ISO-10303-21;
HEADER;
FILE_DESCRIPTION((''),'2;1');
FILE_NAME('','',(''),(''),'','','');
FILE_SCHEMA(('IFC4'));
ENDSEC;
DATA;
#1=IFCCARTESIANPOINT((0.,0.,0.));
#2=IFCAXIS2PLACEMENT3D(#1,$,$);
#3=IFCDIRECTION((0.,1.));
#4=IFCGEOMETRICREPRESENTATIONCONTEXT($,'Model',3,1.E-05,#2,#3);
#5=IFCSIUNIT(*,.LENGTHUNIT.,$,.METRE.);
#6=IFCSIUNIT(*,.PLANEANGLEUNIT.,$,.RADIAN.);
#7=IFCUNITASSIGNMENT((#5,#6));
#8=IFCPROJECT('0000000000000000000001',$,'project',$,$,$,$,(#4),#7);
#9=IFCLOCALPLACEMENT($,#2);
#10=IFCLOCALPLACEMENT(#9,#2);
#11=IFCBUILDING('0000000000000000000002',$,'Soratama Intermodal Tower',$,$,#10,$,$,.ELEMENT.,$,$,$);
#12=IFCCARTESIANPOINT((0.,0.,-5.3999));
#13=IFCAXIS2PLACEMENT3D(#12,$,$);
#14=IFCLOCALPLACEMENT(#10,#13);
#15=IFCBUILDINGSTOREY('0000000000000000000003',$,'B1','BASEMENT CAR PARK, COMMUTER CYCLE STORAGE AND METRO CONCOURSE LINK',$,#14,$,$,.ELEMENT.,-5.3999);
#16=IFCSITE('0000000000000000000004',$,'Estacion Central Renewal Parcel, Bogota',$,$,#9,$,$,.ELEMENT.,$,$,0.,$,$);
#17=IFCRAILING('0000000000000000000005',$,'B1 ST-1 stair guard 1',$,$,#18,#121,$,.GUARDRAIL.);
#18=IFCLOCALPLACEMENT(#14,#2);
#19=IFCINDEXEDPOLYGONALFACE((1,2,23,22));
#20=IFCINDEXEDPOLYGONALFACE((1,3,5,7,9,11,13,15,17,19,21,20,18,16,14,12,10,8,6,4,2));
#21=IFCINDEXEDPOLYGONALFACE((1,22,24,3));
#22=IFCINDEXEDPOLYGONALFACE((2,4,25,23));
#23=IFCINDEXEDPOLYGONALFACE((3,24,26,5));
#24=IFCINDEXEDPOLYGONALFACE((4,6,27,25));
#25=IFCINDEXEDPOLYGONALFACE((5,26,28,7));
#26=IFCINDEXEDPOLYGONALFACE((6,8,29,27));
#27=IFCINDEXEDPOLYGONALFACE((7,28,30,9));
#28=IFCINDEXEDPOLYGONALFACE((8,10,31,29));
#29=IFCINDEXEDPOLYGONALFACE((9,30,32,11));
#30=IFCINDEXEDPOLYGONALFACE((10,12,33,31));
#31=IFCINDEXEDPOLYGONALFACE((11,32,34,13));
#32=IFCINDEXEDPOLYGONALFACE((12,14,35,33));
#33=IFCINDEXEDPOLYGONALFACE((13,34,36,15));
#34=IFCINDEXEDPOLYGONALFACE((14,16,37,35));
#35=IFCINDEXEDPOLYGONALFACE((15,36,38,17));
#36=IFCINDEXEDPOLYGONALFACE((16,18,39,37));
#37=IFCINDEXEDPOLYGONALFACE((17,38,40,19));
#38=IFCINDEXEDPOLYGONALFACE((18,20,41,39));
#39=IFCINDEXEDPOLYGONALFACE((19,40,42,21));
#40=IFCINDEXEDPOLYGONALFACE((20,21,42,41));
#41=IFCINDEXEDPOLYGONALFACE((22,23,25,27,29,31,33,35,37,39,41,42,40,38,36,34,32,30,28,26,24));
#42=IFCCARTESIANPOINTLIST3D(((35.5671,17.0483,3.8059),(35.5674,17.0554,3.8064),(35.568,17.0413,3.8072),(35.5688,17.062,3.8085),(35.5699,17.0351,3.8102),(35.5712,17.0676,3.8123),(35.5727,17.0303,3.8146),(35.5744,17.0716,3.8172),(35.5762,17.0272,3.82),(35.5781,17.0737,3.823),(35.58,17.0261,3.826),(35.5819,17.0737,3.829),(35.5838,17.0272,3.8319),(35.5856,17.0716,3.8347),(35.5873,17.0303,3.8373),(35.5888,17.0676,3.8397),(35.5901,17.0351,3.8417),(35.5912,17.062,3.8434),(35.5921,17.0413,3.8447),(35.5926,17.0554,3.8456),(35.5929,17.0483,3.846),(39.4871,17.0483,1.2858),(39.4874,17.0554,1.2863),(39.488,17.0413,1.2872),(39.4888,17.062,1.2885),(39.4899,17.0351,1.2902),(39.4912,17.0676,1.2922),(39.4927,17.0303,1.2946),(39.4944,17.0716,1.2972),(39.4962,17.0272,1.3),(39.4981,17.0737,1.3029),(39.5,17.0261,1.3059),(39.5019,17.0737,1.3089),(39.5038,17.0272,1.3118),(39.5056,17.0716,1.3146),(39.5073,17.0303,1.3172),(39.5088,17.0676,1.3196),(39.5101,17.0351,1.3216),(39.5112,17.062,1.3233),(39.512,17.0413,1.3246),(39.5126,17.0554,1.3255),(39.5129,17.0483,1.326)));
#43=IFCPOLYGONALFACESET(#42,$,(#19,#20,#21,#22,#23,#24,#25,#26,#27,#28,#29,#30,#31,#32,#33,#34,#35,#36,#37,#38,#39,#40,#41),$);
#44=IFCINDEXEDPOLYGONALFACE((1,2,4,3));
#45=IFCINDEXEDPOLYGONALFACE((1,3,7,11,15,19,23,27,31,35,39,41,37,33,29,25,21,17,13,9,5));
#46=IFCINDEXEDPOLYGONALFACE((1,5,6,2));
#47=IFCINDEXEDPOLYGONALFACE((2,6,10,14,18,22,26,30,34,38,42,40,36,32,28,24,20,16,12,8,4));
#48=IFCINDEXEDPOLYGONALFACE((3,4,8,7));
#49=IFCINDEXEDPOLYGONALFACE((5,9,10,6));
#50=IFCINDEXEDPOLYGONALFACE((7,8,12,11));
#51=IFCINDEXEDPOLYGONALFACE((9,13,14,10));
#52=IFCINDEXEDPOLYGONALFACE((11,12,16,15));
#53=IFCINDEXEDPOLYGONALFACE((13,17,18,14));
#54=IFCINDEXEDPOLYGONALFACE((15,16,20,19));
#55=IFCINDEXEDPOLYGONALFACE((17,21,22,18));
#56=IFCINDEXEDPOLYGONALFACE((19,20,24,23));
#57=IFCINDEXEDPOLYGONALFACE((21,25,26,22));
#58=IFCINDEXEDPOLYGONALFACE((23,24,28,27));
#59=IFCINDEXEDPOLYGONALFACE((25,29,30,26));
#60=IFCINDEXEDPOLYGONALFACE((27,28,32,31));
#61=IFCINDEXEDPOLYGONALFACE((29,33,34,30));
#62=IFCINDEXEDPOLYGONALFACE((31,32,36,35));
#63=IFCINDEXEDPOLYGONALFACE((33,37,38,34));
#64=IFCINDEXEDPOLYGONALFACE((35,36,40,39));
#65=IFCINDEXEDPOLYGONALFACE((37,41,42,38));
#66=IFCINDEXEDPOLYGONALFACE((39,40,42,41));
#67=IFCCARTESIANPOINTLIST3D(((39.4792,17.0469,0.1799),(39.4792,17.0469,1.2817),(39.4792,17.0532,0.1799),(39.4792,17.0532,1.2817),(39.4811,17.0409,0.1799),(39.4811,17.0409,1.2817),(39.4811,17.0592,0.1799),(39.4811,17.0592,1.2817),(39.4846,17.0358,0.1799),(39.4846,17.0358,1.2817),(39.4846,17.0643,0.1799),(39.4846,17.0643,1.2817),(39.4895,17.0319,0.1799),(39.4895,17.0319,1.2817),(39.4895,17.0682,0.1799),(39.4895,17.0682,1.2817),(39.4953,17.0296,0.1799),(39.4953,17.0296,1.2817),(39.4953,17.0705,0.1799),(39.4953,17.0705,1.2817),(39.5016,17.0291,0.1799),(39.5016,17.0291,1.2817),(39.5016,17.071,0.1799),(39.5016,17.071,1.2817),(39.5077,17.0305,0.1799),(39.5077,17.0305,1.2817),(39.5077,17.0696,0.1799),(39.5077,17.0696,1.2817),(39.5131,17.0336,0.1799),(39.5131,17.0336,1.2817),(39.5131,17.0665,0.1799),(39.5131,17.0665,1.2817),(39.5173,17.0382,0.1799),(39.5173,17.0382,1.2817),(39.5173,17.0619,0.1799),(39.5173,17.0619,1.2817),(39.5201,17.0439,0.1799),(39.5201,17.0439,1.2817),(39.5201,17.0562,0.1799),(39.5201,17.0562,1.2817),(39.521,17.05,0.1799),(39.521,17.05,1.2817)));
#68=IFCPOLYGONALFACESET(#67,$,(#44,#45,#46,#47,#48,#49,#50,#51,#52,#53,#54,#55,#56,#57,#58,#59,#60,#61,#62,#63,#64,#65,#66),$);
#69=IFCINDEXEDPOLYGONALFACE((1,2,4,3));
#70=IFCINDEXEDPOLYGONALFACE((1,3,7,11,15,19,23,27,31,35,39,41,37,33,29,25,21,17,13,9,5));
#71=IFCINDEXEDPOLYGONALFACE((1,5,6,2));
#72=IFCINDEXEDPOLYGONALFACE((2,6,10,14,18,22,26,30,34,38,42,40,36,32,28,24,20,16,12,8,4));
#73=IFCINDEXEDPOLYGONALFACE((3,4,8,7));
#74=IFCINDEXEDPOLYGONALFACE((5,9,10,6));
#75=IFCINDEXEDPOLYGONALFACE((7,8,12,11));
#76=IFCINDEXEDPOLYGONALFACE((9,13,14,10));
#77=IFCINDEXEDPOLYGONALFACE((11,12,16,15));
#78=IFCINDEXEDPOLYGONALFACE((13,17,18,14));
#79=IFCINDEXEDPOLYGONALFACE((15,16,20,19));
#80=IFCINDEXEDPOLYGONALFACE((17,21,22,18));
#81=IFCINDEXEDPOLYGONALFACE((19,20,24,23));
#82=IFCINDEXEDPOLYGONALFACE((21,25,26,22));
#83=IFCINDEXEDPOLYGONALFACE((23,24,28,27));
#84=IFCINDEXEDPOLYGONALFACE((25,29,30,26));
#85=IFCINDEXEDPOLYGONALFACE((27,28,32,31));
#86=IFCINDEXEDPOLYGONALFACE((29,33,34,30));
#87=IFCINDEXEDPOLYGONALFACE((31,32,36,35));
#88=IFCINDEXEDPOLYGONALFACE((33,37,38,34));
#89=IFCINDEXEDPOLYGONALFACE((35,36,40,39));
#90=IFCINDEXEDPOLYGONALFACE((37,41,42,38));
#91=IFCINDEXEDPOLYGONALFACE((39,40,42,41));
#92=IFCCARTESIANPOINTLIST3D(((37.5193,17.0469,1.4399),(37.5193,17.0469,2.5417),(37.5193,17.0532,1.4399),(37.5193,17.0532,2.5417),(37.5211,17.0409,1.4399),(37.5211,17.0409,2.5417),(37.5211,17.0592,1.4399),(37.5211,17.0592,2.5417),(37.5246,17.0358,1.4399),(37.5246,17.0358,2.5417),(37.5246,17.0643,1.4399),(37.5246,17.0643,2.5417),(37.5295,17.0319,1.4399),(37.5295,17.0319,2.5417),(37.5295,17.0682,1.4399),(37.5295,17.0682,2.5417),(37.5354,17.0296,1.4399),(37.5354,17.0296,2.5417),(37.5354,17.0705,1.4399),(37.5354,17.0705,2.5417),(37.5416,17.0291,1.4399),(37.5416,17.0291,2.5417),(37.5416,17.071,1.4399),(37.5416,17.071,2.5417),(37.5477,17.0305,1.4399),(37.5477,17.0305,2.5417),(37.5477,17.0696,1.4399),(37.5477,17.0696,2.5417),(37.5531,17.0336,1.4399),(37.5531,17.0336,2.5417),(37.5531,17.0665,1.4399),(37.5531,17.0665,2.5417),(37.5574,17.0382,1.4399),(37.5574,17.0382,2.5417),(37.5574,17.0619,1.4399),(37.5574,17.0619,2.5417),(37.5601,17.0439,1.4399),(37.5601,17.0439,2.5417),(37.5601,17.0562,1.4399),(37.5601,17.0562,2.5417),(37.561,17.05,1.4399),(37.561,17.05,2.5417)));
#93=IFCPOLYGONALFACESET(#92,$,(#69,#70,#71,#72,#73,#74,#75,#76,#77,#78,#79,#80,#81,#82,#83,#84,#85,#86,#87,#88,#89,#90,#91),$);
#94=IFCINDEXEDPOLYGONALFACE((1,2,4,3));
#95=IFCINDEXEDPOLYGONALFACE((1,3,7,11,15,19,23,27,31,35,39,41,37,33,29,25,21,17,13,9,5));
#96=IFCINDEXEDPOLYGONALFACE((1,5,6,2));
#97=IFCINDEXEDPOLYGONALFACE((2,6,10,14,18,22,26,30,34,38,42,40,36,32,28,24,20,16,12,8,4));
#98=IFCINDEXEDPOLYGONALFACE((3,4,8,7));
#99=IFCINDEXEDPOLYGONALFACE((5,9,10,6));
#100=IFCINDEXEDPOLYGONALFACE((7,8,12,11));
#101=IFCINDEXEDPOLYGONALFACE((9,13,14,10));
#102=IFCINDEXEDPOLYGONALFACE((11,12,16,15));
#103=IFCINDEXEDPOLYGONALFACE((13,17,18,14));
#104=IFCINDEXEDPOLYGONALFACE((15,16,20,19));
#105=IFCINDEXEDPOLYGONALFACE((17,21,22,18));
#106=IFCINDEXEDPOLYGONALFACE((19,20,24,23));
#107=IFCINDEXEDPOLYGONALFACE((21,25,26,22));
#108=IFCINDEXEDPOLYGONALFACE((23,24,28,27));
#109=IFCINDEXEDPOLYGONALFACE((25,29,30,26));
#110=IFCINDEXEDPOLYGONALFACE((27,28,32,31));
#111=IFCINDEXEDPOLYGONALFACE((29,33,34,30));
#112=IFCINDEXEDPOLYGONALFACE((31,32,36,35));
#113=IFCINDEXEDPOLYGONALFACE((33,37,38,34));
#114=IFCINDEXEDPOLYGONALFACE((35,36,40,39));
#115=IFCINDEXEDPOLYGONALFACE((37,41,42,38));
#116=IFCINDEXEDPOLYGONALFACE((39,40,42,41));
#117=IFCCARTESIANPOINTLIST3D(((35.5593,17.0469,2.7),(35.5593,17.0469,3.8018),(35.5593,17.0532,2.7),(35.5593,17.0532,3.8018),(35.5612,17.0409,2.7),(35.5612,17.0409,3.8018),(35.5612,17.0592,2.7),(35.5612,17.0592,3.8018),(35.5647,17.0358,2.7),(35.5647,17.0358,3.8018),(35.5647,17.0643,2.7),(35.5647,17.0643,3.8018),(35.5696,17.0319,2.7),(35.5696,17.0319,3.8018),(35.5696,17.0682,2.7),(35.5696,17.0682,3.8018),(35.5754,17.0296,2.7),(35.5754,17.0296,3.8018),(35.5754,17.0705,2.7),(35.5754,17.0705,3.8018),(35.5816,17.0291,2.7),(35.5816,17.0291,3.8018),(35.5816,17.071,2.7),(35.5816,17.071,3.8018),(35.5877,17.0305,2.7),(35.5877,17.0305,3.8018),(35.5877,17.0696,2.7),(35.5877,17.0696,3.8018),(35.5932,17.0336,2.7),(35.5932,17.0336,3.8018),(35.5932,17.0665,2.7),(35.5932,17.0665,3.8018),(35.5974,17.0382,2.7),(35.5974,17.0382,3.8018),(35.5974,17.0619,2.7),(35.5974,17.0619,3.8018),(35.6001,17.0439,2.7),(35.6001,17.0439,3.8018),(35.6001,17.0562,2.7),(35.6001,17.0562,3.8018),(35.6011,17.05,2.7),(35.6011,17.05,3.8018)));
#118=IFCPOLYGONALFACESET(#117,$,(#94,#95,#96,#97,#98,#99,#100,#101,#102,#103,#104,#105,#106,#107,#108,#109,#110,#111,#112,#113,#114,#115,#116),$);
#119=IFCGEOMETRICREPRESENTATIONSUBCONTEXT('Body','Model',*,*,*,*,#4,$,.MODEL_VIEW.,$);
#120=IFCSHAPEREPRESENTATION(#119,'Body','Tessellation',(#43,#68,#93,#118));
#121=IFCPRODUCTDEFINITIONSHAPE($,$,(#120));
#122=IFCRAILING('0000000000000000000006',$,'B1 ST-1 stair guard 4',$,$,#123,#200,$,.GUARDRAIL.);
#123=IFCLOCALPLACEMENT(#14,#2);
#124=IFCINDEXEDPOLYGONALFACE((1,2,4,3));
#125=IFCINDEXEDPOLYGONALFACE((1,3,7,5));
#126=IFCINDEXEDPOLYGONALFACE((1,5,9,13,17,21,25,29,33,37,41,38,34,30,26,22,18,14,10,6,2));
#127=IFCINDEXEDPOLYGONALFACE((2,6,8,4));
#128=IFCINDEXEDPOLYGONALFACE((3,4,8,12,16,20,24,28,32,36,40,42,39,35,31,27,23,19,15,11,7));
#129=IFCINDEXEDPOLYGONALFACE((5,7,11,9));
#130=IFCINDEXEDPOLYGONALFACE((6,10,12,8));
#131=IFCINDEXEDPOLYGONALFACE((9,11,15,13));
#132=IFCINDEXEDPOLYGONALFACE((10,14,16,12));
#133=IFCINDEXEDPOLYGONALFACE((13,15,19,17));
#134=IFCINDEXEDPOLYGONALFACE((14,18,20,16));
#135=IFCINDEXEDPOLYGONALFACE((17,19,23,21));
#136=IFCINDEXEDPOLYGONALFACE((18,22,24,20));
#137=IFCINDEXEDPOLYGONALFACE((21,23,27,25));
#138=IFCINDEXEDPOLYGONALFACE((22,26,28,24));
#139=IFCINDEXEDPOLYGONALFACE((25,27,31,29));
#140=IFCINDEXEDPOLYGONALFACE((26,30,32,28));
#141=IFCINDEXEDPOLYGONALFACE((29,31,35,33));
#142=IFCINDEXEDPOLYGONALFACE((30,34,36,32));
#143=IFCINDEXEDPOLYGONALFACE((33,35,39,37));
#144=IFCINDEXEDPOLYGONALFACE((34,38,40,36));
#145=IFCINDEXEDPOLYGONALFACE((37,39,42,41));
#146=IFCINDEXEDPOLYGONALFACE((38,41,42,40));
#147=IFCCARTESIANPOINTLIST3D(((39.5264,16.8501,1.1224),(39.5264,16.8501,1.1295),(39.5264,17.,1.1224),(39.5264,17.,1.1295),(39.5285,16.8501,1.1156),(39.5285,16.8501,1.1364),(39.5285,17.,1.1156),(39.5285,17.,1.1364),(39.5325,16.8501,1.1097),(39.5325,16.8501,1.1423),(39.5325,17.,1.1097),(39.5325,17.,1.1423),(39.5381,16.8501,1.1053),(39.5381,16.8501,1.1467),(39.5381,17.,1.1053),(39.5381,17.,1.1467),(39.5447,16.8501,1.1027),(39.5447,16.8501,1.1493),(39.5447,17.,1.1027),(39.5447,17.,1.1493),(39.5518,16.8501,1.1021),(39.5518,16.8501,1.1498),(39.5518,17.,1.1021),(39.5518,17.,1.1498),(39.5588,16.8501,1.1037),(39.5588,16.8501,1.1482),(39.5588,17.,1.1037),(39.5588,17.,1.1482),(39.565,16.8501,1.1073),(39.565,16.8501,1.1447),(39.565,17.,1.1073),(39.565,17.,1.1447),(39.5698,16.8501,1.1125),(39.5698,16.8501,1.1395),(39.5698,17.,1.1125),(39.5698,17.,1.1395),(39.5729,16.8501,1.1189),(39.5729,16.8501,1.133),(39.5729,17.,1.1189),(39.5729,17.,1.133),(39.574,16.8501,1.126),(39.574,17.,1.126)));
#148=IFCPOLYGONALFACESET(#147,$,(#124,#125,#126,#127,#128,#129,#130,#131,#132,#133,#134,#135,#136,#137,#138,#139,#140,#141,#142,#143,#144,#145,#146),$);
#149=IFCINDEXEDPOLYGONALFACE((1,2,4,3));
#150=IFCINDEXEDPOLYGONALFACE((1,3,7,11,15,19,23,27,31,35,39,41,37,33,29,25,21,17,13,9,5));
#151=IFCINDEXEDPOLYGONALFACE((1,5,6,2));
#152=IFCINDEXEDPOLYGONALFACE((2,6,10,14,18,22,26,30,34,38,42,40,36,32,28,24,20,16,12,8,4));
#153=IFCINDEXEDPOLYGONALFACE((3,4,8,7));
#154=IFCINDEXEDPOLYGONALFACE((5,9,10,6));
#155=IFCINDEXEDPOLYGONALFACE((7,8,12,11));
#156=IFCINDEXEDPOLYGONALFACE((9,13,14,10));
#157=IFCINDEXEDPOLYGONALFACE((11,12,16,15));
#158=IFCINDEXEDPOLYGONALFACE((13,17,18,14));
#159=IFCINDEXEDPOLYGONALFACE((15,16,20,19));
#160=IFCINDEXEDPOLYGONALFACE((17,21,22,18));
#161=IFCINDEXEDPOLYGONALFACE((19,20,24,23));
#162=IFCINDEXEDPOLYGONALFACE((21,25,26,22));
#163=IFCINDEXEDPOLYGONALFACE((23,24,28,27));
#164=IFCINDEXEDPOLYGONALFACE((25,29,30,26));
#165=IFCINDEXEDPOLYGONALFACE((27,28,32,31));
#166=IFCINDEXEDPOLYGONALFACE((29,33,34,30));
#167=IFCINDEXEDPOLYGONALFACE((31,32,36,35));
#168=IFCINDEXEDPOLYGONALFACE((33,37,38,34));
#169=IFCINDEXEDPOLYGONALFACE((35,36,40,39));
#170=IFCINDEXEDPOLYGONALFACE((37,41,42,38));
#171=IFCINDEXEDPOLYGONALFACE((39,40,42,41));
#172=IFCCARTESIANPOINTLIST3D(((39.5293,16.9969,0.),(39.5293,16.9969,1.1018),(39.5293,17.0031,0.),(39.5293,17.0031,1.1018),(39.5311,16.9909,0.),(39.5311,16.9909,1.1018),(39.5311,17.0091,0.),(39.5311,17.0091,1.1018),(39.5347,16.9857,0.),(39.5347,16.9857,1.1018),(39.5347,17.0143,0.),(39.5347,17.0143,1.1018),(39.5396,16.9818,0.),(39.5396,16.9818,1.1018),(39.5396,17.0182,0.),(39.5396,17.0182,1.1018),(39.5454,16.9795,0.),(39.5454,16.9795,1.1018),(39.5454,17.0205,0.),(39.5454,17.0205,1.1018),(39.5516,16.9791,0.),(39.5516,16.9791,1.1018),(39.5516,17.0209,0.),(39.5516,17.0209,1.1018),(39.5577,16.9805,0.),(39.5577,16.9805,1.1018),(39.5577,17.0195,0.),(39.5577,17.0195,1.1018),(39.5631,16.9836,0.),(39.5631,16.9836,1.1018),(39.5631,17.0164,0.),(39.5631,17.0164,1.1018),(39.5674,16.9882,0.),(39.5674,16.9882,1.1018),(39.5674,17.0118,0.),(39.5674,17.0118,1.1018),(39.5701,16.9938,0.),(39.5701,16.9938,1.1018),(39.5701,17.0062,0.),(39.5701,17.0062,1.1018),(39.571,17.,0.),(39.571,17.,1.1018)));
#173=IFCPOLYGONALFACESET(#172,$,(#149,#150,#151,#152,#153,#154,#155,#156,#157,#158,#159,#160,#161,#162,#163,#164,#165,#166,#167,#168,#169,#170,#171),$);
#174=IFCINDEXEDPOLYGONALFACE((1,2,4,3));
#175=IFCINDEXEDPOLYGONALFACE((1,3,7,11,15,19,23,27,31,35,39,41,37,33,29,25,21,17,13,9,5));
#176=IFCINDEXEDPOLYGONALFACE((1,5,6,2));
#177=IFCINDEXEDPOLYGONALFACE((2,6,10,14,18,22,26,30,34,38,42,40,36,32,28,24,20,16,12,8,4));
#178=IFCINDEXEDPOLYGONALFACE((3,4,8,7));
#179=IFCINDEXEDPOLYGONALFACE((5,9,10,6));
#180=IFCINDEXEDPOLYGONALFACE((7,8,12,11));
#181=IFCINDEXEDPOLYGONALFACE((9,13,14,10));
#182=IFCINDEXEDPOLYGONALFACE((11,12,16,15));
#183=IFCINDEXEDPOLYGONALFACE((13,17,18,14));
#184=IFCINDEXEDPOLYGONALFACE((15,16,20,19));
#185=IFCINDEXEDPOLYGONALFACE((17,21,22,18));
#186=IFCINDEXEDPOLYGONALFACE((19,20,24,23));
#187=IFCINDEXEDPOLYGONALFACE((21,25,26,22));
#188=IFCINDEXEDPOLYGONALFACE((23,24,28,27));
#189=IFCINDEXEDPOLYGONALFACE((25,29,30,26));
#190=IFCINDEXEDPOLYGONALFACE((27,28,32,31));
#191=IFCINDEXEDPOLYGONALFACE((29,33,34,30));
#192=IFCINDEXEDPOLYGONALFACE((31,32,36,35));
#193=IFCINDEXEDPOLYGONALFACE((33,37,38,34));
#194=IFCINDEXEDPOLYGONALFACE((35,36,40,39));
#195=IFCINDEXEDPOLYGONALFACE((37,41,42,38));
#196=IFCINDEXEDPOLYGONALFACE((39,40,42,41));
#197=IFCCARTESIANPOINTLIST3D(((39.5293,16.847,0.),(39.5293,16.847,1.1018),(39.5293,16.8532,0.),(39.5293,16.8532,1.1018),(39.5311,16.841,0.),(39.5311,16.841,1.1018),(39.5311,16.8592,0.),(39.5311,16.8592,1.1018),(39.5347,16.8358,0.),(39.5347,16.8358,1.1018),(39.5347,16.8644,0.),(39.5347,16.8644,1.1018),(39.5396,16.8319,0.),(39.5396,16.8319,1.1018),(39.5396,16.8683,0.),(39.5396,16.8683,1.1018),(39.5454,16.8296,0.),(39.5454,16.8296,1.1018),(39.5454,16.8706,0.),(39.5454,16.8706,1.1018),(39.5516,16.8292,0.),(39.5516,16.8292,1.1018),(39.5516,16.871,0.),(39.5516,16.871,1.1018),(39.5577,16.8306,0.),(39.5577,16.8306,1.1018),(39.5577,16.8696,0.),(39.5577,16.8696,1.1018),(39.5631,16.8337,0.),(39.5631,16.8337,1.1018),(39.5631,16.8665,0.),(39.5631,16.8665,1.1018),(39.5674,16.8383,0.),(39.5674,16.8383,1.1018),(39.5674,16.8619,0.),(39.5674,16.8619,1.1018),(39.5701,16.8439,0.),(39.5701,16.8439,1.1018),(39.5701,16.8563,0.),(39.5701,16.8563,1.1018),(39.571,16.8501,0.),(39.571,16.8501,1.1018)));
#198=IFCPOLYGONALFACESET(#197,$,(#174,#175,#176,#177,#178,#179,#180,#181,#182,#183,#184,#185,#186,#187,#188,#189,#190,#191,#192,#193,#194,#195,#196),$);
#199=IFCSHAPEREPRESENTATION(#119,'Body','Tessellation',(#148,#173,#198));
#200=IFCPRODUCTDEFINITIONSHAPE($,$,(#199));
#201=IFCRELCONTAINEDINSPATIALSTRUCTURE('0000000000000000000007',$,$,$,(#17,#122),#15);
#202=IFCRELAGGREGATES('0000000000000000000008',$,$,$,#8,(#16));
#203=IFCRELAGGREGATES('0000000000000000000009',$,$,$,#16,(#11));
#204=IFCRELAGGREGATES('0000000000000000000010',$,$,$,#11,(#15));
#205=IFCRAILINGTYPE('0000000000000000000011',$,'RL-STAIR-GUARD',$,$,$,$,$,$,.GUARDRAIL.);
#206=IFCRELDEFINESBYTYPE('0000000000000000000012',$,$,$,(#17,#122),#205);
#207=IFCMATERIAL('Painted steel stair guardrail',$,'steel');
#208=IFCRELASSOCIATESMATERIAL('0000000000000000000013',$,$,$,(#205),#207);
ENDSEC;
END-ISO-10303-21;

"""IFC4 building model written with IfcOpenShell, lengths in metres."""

from ifc_helpers import new_model, si_unit, direction, frame, origin, origin_2d, place, context, subcontext, project, spatial, circle, extrude, material, type_object, element, save


model = new_model("IFC4")

# Units and contexts
model_context = context("Model", 3, precision=1e-05, world=origin(), true_north=direction((0.0, 1.0)))
body_context = subcontext(model_context, "Body", "Model", "MODEL_VIEW")
ifc_project = project(units=[si_unit("LENGTHUNIT", "METRE"), si_unit("PLANEANGLEUNIT", "RADIAN")], contexts=[model_context])

# Site, building, storey
site_placement = place(None, origin())
site = spatial("IfcSite", under=ifc_project, at=site_placement, Name="Estacion Central Renewal Parcel, Bogota", CompositionType="ELEMENT", RefElevation=0.0)
building_placement = place(site_placement, origin())
building = spatial("IfcBuilding", under=site, at=building_placement, Name="Soratama Intermodal Tower", CompositionType="ELEMENT")
storey_placement = place(building_placement, frame((0.0, 0.0, -5.3999)))
storey = spatial("IfcBuildingStorey", under=building, at=storey_placement, Name="B1", Description="BASEMENT CAR PARK, COMMUTER CYCLE STORAGE AND METRO CONCOURSE LINK", CompositionType="ELEMENT", Elevation=-5.3999)

# Railings
ifc_material_1 = material(Name="Painted steel stair guardrail", Category="steel")
railing_type_1 = type_object("IfcRailingType", Name="RL-STAIR-GUARD", PredefinedType="GUARDRAIL", material=ifc_material_1)
railing_1_placement = place(storey_placement, frame((39.5, 17.05, 0.1799)))
element("IfcRailing", 1, at=railing_1_placement, inside=storey, type_object=railing_type_1, Name="B1 ST-1 stair guard 1", PredefinedType="GUARDRAIL", context=body_context, shape_type="SweptSolid", body=[
    extrude(circle(Radius=0.0239, at=origin_2d()), frame((0.0, 0.0, 1.126), z_axis=(-0.841172, 0.0, 0.540768), x_axis=(0.0, -1.0, 0.0)), (0.0, 0.0, 1.0), 4.6602),
    extrude(circle(Radius=0.021, at=origin_2d()), origin(), (0.0, 0.0, 1.0), 1.1018),
    extrude(circle(Radius=0.021, at=origin_2d()), frame((-1.96, 0.0, 1.26)), (0.0, 0.0, 1.0), 1.1018),
    extrude(circle(Radius=0.021, at=origin_2d()), frame((-3.9199, 0.0, 2.52)), (0.0, 0.0, 1.0), 1.1018),
])
railing_2_placement = place(storey_placement, frame((39.55, 17.0, 0.0)))
element("IfcRailing", 2, at=railing_2_placement, inside=storey, type_object=railing_type_1, Name="B1 ST-1 stair guard 4", PredefinedType="GUARDRAIL", context=body_context, shape_type="SweptSolid", body=[
    extrude(circle(Radius=0.0239, at=origin_2d()), frame((0.0, 0.0, 1.126), z_axis=(0.0, -1.0, 0.0), x_axis=(1.0, 0.0, 0.0)), (0.0, 0.0, 1.0), 0.1499),
    extrude(circle(Radius=0.021, at=origin_2d()), origin(), (0.0, 0.0, 1.0), 1.1018),
    extrude(circle(Radius=0.021, at=origin_2d()), frame((0.0, -0.1499, 0.0)), (0.0, 0.0, 1.0), 1.1018),
])

save(model, "model.ifc")
